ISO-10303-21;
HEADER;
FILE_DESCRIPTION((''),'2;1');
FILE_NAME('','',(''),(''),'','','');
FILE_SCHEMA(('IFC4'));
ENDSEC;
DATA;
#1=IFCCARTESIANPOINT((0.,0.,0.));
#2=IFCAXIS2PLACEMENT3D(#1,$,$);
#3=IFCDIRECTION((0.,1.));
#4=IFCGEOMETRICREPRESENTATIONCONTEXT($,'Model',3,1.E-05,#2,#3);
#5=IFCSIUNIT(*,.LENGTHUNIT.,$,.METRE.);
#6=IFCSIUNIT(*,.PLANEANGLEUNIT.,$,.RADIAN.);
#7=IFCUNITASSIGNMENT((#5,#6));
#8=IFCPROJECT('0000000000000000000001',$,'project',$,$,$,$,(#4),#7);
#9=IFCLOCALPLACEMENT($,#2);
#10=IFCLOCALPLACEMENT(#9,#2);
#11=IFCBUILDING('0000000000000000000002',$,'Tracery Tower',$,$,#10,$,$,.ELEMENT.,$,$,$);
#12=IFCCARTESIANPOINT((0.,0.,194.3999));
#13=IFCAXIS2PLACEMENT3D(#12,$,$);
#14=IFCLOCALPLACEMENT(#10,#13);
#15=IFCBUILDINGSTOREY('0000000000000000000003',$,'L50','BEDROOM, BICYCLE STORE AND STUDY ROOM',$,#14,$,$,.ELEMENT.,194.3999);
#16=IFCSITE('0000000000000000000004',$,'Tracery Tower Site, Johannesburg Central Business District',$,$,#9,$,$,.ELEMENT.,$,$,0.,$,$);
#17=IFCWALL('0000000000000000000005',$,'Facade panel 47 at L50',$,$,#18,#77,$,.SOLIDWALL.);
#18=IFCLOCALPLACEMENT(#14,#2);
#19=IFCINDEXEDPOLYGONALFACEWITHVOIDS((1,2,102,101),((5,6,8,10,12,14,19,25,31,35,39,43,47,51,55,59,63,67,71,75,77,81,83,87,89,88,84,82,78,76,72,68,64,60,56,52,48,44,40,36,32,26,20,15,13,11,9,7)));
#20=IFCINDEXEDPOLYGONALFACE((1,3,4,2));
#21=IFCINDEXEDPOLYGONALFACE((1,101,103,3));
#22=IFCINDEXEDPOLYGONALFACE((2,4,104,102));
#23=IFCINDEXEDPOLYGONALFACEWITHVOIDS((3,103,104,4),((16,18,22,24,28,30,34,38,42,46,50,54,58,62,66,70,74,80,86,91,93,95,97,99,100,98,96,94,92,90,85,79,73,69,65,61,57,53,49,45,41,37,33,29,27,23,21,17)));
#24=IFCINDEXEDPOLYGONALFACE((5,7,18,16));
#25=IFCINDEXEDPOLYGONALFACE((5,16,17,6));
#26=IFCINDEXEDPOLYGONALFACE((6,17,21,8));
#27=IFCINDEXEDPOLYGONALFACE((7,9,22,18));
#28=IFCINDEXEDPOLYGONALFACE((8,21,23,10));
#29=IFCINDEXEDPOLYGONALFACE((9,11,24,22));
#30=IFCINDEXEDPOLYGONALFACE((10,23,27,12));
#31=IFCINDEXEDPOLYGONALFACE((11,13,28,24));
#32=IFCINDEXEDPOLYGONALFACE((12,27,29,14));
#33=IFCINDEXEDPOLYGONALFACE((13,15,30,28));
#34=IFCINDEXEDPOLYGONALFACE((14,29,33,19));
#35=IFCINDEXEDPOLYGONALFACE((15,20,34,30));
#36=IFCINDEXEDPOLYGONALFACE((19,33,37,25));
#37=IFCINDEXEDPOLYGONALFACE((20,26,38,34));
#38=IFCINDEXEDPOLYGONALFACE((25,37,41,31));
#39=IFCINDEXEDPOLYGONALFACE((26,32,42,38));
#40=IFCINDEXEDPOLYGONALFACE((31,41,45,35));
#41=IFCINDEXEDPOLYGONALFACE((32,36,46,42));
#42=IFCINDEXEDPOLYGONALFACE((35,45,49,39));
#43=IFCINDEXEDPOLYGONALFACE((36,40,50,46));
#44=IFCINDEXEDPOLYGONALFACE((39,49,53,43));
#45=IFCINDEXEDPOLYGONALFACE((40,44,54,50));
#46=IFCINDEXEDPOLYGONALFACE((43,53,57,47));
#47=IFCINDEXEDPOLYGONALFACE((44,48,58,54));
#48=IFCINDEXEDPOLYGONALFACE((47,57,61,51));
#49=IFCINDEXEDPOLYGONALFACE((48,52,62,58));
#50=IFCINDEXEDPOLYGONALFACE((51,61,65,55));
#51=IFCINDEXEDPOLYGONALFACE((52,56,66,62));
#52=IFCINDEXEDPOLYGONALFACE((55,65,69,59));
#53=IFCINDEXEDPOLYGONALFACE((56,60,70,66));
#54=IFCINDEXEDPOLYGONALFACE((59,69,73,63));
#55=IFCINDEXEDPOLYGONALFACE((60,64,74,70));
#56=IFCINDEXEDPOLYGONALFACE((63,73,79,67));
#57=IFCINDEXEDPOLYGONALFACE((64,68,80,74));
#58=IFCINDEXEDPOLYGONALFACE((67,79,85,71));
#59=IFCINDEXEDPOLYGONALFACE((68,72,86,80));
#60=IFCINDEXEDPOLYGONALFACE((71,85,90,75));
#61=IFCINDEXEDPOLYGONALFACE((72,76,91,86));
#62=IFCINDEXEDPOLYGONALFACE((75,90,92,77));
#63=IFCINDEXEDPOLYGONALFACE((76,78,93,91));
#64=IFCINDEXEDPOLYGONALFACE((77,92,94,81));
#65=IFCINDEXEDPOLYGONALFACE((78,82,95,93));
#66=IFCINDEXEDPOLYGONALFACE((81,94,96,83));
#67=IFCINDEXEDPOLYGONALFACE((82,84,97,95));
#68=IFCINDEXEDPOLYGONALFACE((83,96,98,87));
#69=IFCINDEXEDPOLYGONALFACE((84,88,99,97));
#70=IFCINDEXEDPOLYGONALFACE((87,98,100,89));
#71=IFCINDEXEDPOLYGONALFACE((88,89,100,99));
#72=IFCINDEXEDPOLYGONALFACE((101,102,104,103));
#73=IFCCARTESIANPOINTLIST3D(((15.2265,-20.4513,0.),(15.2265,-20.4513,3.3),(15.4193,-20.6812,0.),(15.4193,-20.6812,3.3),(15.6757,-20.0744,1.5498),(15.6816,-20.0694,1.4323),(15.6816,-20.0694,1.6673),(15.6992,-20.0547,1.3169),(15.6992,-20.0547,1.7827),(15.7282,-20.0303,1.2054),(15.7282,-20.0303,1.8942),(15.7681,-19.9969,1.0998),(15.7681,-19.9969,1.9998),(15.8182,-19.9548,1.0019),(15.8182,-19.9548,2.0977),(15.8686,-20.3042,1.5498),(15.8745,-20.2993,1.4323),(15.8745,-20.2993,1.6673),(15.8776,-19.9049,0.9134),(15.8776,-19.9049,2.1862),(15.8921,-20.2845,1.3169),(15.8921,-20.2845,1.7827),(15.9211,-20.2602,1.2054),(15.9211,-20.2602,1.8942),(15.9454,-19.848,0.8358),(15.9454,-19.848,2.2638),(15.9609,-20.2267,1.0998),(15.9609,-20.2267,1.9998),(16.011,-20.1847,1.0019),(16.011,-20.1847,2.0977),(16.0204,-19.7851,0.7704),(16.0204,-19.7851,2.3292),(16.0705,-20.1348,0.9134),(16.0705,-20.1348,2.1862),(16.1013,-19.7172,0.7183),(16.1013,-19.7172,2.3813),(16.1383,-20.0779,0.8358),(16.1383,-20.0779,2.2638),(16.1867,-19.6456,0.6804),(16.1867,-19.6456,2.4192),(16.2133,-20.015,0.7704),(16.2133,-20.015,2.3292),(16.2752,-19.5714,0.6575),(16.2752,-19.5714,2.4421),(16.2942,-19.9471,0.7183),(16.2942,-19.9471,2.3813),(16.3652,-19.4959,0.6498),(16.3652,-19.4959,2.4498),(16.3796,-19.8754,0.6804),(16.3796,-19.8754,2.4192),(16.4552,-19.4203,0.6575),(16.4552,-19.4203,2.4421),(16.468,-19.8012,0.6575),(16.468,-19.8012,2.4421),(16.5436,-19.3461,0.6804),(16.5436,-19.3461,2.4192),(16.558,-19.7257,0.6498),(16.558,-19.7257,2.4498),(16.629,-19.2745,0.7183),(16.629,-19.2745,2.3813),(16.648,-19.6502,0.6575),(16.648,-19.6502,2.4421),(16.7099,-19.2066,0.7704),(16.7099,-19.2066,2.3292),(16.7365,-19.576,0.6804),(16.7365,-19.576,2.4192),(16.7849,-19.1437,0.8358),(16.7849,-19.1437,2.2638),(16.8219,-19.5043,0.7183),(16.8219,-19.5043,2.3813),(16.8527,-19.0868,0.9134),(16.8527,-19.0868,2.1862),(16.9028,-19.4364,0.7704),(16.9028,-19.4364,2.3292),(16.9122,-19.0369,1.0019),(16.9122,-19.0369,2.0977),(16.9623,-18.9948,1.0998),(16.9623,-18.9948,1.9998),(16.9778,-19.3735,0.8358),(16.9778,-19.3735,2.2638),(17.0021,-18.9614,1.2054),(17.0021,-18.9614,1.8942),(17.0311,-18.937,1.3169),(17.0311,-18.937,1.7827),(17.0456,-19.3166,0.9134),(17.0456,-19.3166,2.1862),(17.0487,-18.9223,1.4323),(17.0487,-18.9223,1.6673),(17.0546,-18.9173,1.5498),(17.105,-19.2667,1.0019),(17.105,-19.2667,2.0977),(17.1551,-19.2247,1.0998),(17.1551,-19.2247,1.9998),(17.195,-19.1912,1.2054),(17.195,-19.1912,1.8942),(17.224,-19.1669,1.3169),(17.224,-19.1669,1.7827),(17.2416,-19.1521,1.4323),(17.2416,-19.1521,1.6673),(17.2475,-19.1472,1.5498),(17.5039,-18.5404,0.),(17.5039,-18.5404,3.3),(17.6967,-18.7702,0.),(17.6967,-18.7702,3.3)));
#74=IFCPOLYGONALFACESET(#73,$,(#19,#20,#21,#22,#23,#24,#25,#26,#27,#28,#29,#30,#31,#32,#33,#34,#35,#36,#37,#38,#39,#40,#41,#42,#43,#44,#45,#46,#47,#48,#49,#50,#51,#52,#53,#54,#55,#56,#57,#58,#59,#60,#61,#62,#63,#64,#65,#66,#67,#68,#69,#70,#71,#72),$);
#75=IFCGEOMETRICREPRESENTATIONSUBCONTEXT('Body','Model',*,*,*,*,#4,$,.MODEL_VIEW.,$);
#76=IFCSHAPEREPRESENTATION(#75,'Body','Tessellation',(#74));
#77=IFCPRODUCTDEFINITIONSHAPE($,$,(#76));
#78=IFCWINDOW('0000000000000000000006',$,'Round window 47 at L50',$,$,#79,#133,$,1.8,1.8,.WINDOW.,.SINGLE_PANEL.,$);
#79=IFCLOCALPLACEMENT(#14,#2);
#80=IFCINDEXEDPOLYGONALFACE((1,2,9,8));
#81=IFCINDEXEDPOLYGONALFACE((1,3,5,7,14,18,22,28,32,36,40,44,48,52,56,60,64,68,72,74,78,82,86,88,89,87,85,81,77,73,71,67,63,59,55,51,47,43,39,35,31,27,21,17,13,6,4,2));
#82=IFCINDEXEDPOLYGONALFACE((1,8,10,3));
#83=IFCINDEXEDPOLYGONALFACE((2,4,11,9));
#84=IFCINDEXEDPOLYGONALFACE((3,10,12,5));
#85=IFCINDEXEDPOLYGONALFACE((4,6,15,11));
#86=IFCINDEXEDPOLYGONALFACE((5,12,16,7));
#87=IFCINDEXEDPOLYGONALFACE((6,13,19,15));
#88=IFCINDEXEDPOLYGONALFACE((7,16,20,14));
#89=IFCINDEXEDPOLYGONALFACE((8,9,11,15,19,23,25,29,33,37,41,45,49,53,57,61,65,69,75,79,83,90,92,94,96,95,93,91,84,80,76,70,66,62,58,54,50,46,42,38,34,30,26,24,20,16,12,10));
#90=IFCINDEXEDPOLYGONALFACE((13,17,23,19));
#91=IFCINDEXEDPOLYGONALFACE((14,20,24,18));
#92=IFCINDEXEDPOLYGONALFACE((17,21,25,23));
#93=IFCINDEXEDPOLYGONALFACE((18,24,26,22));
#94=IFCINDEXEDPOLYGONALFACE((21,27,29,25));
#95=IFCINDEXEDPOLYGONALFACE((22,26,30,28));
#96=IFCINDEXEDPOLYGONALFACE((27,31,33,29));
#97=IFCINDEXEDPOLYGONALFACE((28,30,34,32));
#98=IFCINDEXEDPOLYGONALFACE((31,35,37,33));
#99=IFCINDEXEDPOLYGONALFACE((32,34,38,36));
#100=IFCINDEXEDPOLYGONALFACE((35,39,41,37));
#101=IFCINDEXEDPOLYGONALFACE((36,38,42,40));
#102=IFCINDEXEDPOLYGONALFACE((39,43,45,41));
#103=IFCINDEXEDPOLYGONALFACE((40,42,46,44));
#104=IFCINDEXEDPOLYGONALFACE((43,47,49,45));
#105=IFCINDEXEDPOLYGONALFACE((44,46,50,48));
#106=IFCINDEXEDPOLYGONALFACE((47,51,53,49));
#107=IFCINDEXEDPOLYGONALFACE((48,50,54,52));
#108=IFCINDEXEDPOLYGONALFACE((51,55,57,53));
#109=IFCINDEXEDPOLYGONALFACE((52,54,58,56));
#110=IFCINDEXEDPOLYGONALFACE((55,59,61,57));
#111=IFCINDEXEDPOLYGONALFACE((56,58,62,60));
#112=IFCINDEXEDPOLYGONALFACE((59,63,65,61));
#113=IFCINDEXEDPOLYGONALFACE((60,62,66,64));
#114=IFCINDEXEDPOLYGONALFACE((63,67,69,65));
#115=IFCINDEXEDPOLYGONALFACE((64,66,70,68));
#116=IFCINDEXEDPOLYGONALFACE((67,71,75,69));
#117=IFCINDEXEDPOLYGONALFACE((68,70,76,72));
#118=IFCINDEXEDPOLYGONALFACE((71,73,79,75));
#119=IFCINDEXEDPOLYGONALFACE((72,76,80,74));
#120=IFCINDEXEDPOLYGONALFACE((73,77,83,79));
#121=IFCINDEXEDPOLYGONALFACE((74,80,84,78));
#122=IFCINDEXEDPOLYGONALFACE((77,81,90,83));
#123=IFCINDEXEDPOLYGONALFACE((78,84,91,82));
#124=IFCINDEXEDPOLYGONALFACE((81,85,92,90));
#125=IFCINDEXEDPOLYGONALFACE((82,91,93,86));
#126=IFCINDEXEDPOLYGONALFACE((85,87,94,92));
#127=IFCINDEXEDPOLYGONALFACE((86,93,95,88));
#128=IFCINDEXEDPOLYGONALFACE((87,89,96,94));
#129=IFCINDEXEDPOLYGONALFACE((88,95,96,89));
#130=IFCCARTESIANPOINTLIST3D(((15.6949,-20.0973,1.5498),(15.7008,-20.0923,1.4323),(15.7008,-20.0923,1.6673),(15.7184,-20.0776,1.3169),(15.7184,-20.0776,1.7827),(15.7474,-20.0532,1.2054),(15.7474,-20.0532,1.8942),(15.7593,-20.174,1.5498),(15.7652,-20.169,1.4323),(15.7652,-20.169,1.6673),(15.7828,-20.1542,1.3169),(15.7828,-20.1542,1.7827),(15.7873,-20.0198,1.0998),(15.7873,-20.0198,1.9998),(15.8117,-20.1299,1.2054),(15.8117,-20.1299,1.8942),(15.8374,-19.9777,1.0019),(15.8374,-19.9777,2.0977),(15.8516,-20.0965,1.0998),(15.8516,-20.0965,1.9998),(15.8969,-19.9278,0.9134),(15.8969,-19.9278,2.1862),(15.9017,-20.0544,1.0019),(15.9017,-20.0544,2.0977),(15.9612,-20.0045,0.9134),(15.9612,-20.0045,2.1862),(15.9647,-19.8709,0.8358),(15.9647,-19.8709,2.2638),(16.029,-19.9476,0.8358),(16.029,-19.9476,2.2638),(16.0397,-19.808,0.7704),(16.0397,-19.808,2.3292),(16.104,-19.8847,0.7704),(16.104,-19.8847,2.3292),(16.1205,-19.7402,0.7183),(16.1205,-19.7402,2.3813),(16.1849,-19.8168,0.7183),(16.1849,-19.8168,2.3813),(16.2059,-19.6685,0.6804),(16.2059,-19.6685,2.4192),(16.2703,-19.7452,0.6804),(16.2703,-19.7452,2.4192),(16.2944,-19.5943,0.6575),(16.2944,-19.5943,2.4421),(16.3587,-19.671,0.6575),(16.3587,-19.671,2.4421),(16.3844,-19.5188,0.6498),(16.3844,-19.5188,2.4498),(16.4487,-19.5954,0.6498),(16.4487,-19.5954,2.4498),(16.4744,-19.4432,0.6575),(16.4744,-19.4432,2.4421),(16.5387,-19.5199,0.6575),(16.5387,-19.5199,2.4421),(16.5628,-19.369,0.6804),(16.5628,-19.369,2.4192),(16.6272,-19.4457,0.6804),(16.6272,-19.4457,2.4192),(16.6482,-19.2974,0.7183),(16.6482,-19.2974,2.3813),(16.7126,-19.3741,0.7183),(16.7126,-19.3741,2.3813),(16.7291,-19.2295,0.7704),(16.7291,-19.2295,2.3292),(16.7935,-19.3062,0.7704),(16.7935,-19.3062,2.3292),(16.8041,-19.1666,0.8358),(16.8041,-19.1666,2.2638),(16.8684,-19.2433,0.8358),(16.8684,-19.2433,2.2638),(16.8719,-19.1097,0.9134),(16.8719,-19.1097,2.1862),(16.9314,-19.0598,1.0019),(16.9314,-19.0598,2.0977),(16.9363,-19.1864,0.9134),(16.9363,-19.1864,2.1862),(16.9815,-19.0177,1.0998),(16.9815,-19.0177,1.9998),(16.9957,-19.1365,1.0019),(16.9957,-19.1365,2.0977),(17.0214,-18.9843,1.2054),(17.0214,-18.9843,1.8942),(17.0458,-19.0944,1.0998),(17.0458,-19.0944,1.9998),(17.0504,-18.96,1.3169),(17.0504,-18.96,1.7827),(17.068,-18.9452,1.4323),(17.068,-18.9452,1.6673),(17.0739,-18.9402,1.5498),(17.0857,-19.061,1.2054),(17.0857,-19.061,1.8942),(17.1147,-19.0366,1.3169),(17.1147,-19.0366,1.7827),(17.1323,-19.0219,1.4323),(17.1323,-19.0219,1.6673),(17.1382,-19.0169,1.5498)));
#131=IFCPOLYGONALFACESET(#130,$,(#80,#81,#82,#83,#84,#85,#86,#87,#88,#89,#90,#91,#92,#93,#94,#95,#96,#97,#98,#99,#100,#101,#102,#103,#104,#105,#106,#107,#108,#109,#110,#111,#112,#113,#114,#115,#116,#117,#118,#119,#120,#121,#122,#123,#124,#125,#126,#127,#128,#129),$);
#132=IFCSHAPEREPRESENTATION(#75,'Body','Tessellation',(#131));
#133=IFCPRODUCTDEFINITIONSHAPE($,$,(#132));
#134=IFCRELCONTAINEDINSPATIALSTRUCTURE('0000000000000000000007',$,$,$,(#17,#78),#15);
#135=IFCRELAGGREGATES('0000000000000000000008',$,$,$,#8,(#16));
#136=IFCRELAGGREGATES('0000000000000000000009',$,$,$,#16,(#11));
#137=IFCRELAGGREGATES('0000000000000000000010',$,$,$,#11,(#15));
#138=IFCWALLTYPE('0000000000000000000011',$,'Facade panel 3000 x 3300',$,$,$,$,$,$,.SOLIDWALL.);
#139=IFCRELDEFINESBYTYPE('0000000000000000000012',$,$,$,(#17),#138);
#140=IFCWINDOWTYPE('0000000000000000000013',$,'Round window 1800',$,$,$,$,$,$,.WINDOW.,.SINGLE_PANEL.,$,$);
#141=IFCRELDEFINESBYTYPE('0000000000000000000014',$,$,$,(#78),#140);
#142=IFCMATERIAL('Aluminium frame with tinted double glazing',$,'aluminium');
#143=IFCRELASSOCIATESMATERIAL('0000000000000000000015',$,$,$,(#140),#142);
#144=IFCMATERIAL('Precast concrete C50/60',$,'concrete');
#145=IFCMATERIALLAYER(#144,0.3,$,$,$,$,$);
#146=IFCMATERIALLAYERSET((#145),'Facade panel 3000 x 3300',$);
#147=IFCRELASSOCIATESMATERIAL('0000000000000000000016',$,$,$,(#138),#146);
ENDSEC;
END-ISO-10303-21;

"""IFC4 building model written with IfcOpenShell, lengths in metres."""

from ifc_helpers import new_model, si_unit, direction, frame, frame_2d, origin, origin_2d, place, context, subcontext, project, spatial, rectangle, circle, extrude, material, layer, layer_set, type_object, element, fill, save


model = new_model("IFC4")

# Units and contexts
model_context = context("Model", 3, precision=1e-05, world=origin(), true_north=direction((0.0, 1.0)))
body_context = subcontext(model_context, "Body", "Model", "MODEL_VIEW")
ifc_project = project(units=[si_unit("LENGTHUNIT", "METRE"), si_unit("PLANEANGLEUNIT", "RADIAN")], contexts=[model_context])

# Site, building, storey
site_placement = place(None, origin())
site = spatial("IfcSite", under=ifc_project, at=site_placement, Name="Tracery Tower Site, Johannesburg Central Business District", CompositionType="ELEMENT", RefElevation=0.0)
building_placement = place(site_placement, origin())
building = spatial("IfcBuilding", under=site, at=building_placement, Name="Tracery Tower", CompositionType="ELEMENT")
storey_placement = place(building_placement, frame((0.0, 0.0, 194.3999)))
storey = spatial("IfcBuildingStorey", under=building, at=storey_placement, Name="L50", Description="BEDROOM, BICYCLE STORE AND STUDY ROOM", CompositionType="ELEMENT", Elevation=194.3999)

# Wall, opening, window
ifc_material_1 = material(Name="Aluminium frame with tinted double glazing", Category="aluminium")
window_type = type_object("IfcWindowType", Name="Round window 1800", PartitioningType="SINGLE_PANEL", PredefinedType="WINDOW", material=ifc_material_1)
ifc_material_2 = material(Name="Precast concrete C50/60", Category="concrete")
ifc_layer_1 = layer(ifc_material_2, 0.3)
ifc_layer_set_1 = layer_set([ifc_layer_1], Name="Facade panel 3000 x 3300")
wall_type_1 = type_object("IfcWallType", Name="Facade panel 3000 x 3300", PredefinedType="SOLIDWALL", material=ifc_layer_set_1)
wall_1_placement = place(storey_placement, frame((15.323, -20.5662, 0.0), z_axis=(0.0, 0.0, 1.0), x_axis=(0.766049, 0.642782, 0.0)))
wall_1 = element("IfcWall", 1, at=wall_1_placement, inside=storey, type_object=wall_type_1, Name="Facade panel 47 at L50", PredefinedType="SOLIDWALL", context=body_context, shape_type="SweptSolid", body=[
    extrude(rectangle(XDim=2.9729, YDim=0.3, at=frame_2d((1.4863, 0.0))), origin(), (0.0, 0.0, 1.0), 3.3),
])
opening_1_placement = place(wall_1_placement, frame((1.4863, 0.0, 1.5498)))
opening_1 = element("IfcOpeningElement", 2, at=opening_1_placement, cuts=wall_1, PredefinedType="OPENING", context=body_context, shape_type="SweptSolid", body=[
    extrude(circle(Radius=0.9, at=origin_2d()), frame((0.0, 0.1599, 0.0), z_axis=(0.0, -1.0, 0.0), x_axis=(1.0, 0.0, 0.0)), (0.0, 0.0, 1.0), 0.3201),
])
window_1_placement = place(opening_1_placement, origin())
window_1 = element("IfcWindow", 3, at=window_1_placement, inside=storey, type_object=window_type, Name="Round window 47 at L50", OverallHeight=1.8, OverallWidth=1.8, PartitioningType="SINGLE_PANEL", PredefinedType="WINDOW", context=body_context, shape_type="SweptSolid", body=[
    extrude(circle(Radius=0.9, at=origin_2d()), frame((0.0, 0.1201, 0.0), z_axis=(0.0, -1.0, 0.0), x_axis=(1.0, 0.0, 0.0)), (0.0, 0.0, 1.0), 0.1001),
])
fill(opening_1, window_1)

save(model, "model.ifc")
